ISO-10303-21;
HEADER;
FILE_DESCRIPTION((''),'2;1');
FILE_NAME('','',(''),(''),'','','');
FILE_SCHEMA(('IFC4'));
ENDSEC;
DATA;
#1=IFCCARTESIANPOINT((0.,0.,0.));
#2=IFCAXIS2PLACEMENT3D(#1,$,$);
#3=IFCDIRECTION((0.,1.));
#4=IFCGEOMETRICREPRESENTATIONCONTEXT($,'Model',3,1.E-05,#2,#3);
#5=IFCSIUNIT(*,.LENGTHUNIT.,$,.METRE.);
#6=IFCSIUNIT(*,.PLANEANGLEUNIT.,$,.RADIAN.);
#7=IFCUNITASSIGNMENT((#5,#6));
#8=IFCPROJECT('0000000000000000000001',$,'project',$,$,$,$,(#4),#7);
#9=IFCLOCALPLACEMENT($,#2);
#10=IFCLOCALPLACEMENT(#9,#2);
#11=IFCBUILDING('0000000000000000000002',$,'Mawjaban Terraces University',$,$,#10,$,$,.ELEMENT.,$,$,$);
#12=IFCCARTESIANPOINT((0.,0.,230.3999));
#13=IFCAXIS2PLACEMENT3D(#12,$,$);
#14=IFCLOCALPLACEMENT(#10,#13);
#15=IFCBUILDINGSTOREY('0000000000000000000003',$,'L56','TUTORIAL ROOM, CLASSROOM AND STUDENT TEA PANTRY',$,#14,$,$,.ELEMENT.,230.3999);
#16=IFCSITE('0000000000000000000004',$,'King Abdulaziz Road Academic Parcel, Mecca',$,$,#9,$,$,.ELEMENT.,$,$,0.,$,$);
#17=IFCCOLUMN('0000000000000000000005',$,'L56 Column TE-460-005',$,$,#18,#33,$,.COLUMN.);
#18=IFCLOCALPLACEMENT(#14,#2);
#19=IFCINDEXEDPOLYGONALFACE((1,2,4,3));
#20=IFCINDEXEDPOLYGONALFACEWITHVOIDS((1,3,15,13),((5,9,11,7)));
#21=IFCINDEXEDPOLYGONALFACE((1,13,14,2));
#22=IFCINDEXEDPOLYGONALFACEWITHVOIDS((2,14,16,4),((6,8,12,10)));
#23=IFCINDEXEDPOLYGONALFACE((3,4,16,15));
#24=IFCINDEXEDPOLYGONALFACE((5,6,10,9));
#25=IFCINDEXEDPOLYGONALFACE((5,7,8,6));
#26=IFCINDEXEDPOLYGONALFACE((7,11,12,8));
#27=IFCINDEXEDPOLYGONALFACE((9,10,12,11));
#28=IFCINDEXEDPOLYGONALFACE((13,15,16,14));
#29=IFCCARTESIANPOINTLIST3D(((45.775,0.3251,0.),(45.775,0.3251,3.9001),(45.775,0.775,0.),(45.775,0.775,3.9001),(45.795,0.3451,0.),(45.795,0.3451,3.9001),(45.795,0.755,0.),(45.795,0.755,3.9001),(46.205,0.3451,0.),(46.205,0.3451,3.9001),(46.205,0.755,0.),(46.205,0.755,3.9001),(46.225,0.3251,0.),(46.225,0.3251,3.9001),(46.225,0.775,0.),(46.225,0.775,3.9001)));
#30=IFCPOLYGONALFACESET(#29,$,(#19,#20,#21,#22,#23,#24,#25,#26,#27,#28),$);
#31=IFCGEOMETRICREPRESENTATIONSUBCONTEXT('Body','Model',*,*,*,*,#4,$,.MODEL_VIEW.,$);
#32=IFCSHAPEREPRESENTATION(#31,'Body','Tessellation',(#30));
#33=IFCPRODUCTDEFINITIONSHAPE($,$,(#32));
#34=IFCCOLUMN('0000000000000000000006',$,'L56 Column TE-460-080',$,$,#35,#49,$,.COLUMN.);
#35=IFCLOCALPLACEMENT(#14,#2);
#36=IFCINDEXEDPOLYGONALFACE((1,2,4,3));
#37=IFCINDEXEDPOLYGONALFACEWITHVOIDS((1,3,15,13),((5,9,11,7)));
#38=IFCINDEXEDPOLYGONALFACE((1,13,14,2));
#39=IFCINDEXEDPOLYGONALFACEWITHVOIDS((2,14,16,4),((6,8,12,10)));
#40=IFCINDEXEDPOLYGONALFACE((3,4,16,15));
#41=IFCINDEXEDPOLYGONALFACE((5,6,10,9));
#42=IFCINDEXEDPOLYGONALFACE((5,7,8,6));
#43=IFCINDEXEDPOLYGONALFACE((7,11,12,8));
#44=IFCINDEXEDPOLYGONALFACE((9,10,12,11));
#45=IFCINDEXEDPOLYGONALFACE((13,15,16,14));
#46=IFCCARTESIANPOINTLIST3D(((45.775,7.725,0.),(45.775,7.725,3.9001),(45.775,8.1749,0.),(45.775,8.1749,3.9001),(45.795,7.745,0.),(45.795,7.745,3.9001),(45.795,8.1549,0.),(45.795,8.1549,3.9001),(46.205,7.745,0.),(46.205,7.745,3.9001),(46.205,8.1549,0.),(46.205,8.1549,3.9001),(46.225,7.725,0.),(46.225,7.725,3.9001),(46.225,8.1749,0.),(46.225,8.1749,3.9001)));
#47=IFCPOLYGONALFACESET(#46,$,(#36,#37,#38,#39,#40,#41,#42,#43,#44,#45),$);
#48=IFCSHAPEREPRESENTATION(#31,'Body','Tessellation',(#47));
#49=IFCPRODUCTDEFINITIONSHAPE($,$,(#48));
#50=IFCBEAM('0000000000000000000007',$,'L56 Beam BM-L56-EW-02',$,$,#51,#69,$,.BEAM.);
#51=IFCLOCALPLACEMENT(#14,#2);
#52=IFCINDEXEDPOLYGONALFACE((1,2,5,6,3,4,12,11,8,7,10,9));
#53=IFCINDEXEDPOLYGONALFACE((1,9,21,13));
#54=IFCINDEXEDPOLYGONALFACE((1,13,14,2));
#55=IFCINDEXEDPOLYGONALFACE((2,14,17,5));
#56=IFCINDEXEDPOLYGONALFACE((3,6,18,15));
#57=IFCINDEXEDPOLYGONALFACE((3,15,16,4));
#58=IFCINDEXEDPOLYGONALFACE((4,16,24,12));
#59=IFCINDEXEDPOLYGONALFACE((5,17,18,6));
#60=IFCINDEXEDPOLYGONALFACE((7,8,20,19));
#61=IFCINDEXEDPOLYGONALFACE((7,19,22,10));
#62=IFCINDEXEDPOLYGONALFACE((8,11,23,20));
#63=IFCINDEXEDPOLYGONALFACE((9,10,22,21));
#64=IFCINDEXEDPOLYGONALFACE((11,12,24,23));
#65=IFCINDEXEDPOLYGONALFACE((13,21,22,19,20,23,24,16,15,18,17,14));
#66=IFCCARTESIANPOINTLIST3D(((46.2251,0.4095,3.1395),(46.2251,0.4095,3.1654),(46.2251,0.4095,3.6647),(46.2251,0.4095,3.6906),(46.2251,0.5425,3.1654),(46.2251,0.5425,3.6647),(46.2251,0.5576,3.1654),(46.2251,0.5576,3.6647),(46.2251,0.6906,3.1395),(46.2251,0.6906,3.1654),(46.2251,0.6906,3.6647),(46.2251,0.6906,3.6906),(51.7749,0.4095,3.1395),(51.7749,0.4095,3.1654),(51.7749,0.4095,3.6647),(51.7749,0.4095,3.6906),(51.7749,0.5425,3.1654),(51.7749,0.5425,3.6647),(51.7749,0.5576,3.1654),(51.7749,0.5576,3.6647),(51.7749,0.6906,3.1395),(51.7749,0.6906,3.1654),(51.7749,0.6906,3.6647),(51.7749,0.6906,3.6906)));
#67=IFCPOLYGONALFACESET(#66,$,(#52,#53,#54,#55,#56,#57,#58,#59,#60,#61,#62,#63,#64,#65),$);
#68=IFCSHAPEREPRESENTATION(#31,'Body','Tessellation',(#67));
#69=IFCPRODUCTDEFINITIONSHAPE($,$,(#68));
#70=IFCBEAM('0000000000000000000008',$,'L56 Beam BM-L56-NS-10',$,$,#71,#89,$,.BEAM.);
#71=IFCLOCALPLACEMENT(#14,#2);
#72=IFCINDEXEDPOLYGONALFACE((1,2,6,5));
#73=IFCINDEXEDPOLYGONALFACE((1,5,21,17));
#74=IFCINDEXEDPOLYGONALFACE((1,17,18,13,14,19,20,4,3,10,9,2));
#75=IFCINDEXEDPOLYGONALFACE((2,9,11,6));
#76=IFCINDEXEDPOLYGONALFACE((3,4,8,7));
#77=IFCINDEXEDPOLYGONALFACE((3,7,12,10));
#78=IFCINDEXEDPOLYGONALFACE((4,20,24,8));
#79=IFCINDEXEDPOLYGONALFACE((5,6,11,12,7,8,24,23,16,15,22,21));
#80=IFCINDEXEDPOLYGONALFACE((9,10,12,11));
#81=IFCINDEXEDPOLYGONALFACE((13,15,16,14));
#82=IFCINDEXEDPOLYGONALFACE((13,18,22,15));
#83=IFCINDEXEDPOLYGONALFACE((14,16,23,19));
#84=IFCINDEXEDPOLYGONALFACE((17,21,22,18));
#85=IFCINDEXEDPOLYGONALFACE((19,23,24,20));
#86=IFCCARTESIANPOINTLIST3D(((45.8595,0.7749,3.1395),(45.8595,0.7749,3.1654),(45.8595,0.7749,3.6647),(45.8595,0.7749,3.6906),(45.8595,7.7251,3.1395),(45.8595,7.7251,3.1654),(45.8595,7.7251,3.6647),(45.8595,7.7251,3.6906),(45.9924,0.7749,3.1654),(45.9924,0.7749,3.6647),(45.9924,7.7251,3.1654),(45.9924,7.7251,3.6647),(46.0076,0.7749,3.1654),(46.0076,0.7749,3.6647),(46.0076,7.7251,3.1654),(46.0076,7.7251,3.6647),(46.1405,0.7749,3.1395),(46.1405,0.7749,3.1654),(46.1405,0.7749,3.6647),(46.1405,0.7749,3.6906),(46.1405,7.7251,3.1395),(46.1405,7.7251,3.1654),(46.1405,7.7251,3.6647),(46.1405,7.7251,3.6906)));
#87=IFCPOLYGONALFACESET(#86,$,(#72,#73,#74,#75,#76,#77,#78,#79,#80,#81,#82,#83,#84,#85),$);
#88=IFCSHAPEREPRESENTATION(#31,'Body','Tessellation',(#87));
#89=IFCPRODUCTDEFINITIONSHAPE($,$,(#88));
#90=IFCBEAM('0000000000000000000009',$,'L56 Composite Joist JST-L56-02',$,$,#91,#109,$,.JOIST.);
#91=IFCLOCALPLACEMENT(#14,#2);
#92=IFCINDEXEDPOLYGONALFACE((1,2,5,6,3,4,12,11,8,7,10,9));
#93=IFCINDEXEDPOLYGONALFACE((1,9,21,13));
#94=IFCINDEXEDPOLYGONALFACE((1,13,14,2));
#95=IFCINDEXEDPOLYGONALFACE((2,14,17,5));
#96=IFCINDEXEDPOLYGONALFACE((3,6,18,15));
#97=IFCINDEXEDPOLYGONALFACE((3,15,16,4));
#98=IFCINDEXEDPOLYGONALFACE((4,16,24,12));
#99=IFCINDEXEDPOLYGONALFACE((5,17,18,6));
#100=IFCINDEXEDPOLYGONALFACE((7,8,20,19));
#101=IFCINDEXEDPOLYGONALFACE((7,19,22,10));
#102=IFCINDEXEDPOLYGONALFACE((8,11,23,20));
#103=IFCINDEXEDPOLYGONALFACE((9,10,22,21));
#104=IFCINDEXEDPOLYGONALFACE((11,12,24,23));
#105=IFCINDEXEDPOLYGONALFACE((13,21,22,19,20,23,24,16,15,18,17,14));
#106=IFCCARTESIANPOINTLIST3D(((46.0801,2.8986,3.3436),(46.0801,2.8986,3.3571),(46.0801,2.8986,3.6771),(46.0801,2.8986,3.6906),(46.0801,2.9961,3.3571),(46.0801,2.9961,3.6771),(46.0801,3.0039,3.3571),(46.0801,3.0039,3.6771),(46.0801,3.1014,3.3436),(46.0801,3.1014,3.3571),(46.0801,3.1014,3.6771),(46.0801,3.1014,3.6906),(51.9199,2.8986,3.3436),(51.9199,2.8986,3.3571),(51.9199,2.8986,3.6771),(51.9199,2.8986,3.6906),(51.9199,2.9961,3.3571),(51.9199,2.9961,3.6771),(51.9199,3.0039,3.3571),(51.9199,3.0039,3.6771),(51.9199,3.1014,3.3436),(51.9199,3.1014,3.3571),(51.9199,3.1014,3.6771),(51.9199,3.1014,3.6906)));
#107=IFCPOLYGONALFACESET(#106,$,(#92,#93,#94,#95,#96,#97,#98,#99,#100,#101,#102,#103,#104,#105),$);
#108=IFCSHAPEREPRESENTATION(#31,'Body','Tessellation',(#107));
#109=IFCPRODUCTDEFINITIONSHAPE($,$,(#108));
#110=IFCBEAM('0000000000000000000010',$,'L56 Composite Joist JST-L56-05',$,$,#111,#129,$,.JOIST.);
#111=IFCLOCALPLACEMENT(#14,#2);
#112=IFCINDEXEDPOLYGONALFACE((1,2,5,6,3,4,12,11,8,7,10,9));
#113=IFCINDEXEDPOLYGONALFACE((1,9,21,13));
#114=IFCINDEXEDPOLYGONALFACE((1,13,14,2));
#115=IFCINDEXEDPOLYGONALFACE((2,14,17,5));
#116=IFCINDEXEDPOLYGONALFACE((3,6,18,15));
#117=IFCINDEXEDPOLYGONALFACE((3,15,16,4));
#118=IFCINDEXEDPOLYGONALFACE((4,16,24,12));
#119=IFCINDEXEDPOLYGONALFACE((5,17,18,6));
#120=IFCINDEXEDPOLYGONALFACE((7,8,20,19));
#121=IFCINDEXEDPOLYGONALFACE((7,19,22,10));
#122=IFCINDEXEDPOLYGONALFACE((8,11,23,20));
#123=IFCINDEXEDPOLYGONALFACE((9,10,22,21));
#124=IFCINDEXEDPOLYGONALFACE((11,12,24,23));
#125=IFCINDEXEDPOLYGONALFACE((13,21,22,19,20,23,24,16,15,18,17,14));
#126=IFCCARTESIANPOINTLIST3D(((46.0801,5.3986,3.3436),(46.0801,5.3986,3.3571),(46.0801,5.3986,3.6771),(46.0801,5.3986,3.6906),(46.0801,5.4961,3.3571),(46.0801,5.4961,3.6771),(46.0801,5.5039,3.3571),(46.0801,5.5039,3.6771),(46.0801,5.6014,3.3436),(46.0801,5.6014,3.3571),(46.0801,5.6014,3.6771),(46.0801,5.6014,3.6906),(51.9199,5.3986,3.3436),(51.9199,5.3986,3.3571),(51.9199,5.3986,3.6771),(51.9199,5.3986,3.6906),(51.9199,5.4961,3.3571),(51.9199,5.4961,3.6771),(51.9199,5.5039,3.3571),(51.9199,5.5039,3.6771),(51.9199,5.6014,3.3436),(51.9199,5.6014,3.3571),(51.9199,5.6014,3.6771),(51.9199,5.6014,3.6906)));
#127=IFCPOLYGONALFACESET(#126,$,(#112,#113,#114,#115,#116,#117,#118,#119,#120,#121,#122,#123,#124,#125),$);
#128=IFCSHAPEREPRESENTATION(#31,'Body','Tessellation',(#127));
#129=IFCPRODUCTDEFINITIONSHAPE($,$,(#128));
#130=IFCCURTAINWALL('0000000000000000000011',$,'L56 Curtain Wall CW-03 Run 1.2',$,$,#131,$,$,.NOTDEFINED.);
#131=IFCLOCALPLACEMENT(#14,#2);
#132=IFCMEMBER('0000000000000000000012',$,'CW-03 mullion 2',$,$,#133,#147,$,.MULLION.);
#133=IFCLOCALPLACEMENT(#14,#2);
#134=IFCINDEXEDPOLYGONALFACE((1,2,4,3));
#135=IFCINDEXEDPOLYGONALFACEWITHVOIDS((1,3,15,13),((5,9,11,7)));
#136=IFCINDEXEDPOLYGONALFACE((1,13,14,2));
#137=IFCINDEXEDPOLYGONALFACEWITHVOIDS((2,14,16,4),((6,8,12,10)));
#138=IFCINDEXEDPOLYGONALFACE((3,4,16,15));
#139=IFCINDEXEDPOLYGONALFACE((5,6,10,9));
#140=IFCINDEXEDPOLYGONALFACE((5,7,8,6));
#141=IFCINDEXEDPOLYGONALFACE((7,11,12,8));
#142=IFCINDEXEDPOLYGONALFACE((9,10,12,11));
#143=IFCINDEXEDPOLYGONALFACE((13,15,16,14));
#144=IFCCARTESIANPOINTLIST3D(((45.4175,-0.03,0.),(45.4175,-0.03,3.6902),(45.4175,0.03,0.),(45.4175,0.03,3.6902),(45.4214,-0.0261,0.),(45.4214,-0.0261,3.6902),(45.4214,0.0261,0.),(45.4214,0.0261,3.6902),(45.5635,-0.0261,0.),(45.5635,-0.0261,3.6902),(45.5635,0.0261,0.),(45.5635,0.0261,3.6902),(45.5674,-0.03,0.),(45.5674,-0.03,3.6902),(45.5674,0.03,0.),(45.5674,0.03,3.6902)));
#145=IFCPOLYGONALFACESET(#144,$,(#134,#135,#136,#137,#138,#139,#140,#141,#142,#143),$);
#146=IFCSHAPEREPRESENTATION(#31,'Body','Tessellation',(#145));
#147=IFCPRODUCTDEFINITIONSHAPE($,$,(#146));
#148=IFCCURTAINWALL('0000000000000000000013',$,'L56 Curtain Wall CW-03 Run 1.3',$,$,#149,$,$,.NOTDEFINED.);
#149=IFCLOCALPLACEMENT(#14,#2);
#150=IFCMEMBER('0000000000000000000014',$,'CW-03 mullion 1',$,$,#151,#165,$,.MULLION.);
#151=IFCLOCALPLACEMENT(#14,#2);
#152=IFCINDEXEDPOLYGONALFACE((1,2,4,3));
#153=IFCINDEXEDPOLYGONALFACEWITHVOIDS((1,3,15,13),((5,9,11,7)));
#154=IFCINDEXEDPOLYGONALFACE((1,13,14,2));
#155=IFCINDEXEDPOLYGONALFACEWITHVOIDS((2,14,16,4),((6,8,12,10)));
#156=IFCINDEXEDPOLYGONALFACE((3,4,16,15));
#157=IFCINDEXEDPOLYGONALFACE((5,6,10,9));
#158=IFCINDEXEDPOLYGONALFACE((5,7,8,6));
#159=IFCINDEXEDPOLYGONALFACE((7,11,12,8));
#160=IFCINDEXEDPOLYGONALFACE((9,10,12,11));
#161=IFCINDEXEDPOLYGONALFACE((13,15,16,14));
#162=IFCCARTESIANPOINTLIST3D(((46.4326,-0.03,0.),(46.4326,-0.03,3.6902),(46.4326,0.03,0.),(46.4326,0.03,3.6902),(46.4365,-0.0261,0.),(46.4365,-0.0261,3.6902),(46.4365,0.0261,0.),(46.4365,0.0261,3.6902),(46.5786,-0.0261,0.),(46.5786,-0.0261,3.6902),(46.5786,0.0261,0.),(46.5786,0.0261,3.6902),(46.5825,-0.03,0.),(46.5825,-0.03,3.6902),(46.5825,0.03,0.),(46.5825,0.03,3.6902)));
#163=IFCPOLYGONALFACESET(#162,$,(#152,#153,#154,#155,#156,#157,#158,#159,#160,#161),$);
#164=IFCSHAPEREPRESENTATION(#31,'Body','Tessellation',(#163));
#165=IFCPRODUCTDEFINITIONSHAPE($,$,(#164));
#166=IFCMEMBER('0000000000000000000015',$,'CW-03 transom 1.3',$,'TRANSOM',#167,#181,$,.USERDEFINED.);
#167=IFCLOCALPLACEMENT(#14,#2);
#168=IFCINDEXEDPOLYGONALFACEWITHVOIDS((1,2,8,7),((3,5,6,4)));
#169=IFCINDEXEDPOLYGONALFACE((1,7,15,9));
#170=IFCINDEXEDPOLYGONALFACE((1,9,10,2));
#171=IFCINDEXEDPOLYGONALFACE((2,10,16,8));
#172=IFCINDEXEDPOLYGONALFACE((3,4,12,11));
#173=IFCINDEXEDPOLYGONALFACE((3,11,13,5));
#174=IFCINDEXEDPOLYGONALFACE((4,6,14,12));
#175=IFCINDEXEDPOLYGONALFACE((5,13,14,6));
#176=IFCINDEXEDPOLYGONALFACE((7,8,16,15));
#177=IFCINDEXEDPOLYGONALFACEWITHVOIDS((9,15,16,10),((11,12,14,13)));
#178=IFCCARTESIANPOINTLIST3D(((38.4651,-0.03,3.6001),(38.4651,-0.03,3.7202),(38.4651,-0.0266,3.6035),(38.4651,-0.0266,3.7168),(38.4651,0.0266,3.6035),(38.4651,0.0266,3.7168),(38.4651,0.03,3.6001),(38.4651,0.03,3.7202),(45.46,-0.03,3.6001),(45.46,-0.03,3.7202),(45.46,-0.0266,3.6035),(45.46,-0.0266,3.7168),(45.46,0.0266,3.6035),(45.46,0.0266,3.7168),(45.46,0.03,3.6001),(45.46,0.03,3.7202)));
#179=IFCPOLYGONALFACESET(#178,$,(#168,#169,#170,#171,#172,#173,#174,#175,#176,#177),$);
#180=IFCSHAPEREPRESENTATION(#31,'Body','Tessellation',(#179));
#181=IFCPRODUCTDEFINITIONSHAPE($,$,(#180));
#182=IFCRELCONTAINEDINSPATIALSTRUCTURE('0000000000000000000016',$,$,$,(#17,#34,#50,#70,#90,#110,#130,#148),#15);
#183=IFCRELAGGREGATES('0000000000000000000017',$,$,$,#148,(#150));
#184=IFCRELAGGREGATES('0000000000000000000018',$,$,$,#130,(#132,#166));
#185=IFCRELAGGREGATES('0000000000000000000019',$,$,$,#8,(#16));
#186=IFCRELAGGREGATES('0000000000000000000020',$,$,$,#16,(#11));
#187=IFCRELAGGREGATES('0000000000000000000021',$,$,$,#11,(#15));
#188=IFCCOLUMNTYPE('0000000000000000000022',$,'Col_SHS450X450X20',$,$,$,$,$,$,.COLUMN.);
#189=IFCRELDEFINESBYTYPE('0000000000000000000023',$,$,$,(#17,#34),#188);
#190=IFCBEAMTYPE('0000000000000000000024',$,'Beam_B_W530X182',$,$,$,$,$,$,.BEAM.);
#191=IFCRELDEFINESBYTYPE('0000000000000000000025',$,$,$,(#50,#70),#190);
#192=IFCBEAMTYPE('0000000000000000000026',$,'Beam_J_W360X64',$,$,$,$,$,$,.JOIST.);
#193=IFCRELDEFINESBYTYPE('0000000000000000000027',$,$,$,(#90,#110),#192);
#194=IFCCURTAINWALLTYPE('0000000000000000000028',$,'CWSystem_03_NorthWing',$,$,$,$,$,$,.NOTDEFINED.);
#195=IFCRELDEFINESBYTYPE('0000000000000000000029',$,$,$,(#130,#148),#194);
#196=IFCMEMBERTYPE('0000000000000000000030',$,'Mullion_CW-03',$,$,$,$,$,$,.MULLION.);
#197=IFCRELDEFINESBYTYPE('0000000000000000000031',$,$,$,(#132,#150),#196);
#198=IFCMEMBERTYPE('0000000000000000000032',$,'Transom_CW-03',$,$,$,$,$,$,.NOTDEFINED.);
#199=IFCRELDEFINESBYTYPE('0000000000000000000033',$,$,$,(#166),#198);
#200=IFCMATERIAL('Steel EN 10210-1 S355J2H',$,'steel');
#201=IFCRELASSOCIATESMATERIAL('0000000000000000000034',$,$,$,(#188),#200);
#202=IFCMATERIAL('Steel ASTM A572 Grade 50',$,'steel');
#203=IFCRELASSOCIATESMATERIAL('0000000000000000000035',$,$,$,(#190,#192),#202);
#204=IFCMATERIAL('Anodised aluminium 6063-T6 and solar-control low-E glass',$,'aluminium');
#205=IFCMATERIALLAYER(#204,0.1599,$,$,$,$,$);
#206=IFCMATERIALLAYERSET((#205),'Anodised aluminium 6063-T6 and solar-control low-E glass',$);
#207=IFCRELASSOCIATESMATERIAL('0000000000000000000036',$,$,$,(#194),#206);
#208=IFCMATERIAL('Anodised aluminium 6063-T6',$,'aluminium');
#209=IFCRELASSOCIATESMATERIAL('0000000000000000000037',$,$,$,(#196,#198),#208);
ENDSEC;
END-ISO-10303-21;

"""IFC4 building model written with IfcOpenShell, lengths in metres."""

from ifc_helpers import new_model, si_unit, direction, frame, origin, origin_2d, place, context, subcontext, project, spatial, hollow_rectangle, i_section, extrude, material, layer, layer_set, material_profile, profile_set, type_object, element, aggregate, save


model = new_model("IFC4")

# Units and contexts
model_context = context("Model", 3, precision=1e-05, world=origin(), true_north=direction((0.0, 1.0)))
body_context = subcontext(model_context, "Body", "Model", "MODEL_VIEW")
ifc_project = project(units=[si_unit("LENGTHUNIT", "METRE"), si_unit("PLANEANGLEUNIT", "RADIAN")], contexts=[model_context])

# Site, building, storey
site_placement = place(None, origin())
site = spatial("IfcSite", under=ifc_project, at=site_placement, Name="King Abdulaziz Road Academic Parcel, Mecca", CompositionType="ELEMENT", RefElevation=0.0)
building_placement = place(site_placement, origin())
building = spatial("IfcBuilding", under=site, at=building_placement, Name="Mawjaban Terraces University", CompositionType="ELEMENT")
storey_placement = place(building_placement, frame((0.0, 0.0, 230.3999)))
storey = spatial("IfcBuildingStorey", under=building, at=storey_placement, Name="L56", Description="TUTORIAL ROOM, CLASSROOM AND STUDENT TEA PANTRY", CompositionType="ELEMENT", Elevation=230.3999)

# Columns
ifc_material_1 = material(Name="Steel EN 10210-1 S355J2H", Category="steel")
ifc_material_profile_1 = material_profile(ifc_material_1, hollow_rectangle(XDim=0.45, YDim=0.45, WallThickness=0.02, at=origin_2d()), Name="SHS450X450X20")
ifc_profile_set_1 = profile_set([ifc_material_profile_1], Name="Steel EN 10210-1 S355J2H")
column_type = type_object("IfcColumnType", Name="Col_SHS450X450X20", PredefinedType="COLUMN", material=ifc_profile_set_1)
for number, where, z_axis, x_axis, name in (
    (1, (46.0, 0.55, 0.0), (0.0, 0.0, 1.0), (1.0, 0.0, 0.0), "L56 Column TE-460-005"),
    (2, (46.0, 7.95, 0.0), (0.0, 0.0, 1.0), (1.0, 0.0, 0.0), "L56 Column TE-460-080"),
):
    element("IfcColumn", number, at=place(storey_placement, frame(where, z_axis=z_axis, x_axis=x_axis)), inside=storey, type_object=column_type, Name=name, PredefinedType="COLUMN", context=body_context, shape_type="SweptSolid", body=[
        extrude(hollow_rectangle(XDim=0.45, YDim=0.45, WallThickness=0.02, at=origin_2d()), origin(), (0.0, 0.0, 1.0), 3.9001),
    ])

# Beams
ifc_material_2 = material(Name="Steel ASTM A572 Grade 50", Category="steel")
ifc_material_profile_2 = material_profile(ifc_material_2, i_section(OverallWidth=0.281, OverallDepth=0.551, WebThickness=0.0151, FlangeThickness=0.0259, at=origin_2d()), Name="W530X182")
ifc_profile_set_2 = profile_set([ifc_material_profile_2], Name="Steel ASTM A572 Grade 50")
beam_type_1 = type_object("IfcBeamType", Name="Beam_B_W530X182", PredefinedType="BEAM", material=ifc_profile_set_2)
beam_1_placement = place(storey_placement, frame((46.2251, 0.55, 3.415), z_axis=(1.0, 0.0, 0.0), x_axis=(0.0, 1.0, 0.0)))
element("IfcBeam", 3, at=beam_1_placement, inside=storey, type_object=beam_type_1, Name="L56 Beam BM-L56-EW-02", PredefinedType="BEAM", context=body_context, shape_type="SweptSolid", body=[
    extrude(i_section(OverallWidth=0.281, OverallDepth=0.551, WebThickness=0.0151, FlangeThickness=0.0259, at=origin_2d()), origin(), (0.0, 0.0, 1.0), 5.5498),
])
beam_2_placement = place(storey_placement, frame((46.0, 0.7749, 3.415), z_axis=(0.0, 1.0, 0.0), x_axis=(-1.0, 0.0, 0.0)))
element("IfcBeam", 4, at=beam_2_placement, inside=storey, type_object=beam_type_1, Name="L56 Beam BM-L56-NS-10", PredefinedType="BEAM", context=body_context, shape_type="SweptSolid", body=[
    extrude(i_section(OverallWidth=0.281, OverallDepth=0.551, WebThickness=0.0151, FlangeThickness=0.0259, at=origin_2d()), origin(), (0.0, 0.0, 1.0), 6.9502),
])
ifc_material_profile_3 = material_profile(ifc_material_2, i_section(OverallWidth=0.2029, OverallDepth=0.3469, WebThickness=0.0078, FlangeThickness=0.0134, at=origin_2d()), Name="W360X64")
ifc_profile_set_3 = profile_set([ifc_material_profile_3], Name="Steel ASTM A572 Grade 50")
beam_type_2 = type_object("IfcBeamType", Name="Beam_J_W360X64", PredefinedType="JOIST", material=ifc_profile_set_3)
for number, where, z_axis, x_axis, name in (
    (5, (46.0801, 3.0, 3.5171), (1.0, 0.0, 0.0), (0.0, 1.0, 0.0), "L56 Composite Joist JST-L56-02"),
    (6, (46.0801, 5.5, 3.5171), (1.0, 0.0, 0.0), (0.0, 1.0, 0.0), "L56 Composite Joist JST-L56-05"),
):
    element("IfcBeam", number, at=place(storey_placement, frame(where, z_axis=z_axis, x_axis=x_axis)), inside=storey, type_object=beam_type_2, Name=name, PredefinedType="JOIST", context=body_context, shape_type="SweptSolid", body=[
        extrude(i_section(OverallWidth=0.2029, OverallDepth=0.3469, WebThickness=0.0078, FlangeThickness=0.0134, at=origin_2d()), origin(), (0.0, 0.0, 1.0), 5.8398),
    ])

# Curtain walls, members
ifc_material_3 = material(Name="Anodised aluminium 6063-T6 and solar-control low-E glass", Category="aluminium")
ifc_layer_1 = layer(ifc_material_3, 0.1599)
ifc_layer_set_1 = layer_set([ifc_layer_1], Name="Anodised aluminium 6063-T6 and solar-control low-E glass")
curtain_wall_type = type_object("IfcCurtainWallType", Name="CWSystem_03_NorthWing", PredefinedType="NOTDEFINED", material=ifc_layer_set_1)
curtain_wall_1_placement = place(storey_placement, origin())
curtain_wall_1 = element("IfcCurtainWall", 7, at=curtain_wall_1_placement, inside=storey, type_object=curtain_wall_type, Name="L56 Curtain Wall CW-03 Run 1.2", PredefinedType="NOTDEFINED")
ifc_material_4 = material(Name="Anodised aluminium 6063-T6", Category="aluminium")
ifc_material_profile_4 = material_profile(ifc_material_4, hollow_rectangle(XDim=0.0601, YDim=0.1499, WallThickness=0.0039, at=origin_2d()), Name="ALU150X60X4")
ifc_profile_set_4 = profile_set([ifc_material_profile_4], Name="Anodised aluminium 6063-T6")
member_type_1 = type_object("IfcMemberType", Name="Mullion_CW-03", PredefinedType="MULLION", material=ifc_profile_set_4)
member_1_placement = place(storey_placement, frame((45.4924, 0.0, 0.0), z_axis=(0.0, 0.0, 1.0), x_axis=(0.0, 1.0, 0.0)))
member_1 = element("IfcMember", 8, at=member_1_placement, type_object=member_type_1, Name="CW-03 mullion 2", PredefinedType="MULLION", context=body_context, shape_type="SweptSolid", body=[
    extrude(hollow_rectangle(XDim=0.0601, YDim=0.1499, WallThickness=0.0039, at=origin_2d()), origin(), (0.0, 0.0, 1.0), 3.6902),
])
curtain_wall_2_placement = place(storey_placement, origin())
curtain_wall_2 = element("IfcCurtainWall", 9, at=curtain_wall_2_placement, inside=storey, type_object=curtain_wall_type, Name="L56 Curtain Wall CW-03 Run 1.3", PredefinedType="NOTDEFINED")
member_2_placement = place(storey_placement, frame((46.5076, 0.0, 0.0), z_axis=(0.0, 0.0, 1.0), x_axis=(0.0, 1.0, 0.0)))
member_2 = element("IfcMember", 10, at=member_2_placement, type_object=member_type_1, Name="CW-03 mullion 1", PredefinedType="MULLION", context=body_context, shape_type="SweptSolid", body=[
    extrude(hollow_rectangle(XDim=0.0601, YDim=0.1499, WallThickness=0.0039, at=origin_2d()), origin(), (0.0, 0.0, 1.0), 3.6902),
])

# Member
ifc_material_profile_5 = material_profile(ifc_material_4, hollow_rectangle(XDim=0.0601, YDim=0.1201, WallThickness=0.0034, at=origin_2d()), Name="ALU120X60X3.5")
ifc_profile_set_5 = profile_set([ifc_material_profile_5], Name="Anodised aluminium 6063-T6")
member_type_2 = type_object("IfcMemberType", Name="Transom_CW-03", PredefinedType="NOTDEFINED", material=ifc_profile_set_5)
member_3_placement = place(storey_placement, frame((38.4651, 0.0, 3.6602), z_axis=(1.0, 0.0, 0.0), x_axis=(0.0, 1.0, 0.0)))
member_3 = element("IfcMember", 11, at=member_3_placement, type_object=member_type_2, Name="CW-03 transom 1.3", ObjectType="TRANSOM", PredefinedType="USERDEFINED", context=body_context, shape_type="SweptSolid", body=[
    extrude(hollow_rectangle(XDim=0.0601, YDim=0.1201, WallThickness=0.0034, at=origin_2d()), origin(), (0.0, 0.0, 1.0), 6.9949),
])
aggregate(curtain_wall_2, [member_2])

aggregate(curtain_wall_1, [member_1, member_3])

save(model, "model.ifc")
